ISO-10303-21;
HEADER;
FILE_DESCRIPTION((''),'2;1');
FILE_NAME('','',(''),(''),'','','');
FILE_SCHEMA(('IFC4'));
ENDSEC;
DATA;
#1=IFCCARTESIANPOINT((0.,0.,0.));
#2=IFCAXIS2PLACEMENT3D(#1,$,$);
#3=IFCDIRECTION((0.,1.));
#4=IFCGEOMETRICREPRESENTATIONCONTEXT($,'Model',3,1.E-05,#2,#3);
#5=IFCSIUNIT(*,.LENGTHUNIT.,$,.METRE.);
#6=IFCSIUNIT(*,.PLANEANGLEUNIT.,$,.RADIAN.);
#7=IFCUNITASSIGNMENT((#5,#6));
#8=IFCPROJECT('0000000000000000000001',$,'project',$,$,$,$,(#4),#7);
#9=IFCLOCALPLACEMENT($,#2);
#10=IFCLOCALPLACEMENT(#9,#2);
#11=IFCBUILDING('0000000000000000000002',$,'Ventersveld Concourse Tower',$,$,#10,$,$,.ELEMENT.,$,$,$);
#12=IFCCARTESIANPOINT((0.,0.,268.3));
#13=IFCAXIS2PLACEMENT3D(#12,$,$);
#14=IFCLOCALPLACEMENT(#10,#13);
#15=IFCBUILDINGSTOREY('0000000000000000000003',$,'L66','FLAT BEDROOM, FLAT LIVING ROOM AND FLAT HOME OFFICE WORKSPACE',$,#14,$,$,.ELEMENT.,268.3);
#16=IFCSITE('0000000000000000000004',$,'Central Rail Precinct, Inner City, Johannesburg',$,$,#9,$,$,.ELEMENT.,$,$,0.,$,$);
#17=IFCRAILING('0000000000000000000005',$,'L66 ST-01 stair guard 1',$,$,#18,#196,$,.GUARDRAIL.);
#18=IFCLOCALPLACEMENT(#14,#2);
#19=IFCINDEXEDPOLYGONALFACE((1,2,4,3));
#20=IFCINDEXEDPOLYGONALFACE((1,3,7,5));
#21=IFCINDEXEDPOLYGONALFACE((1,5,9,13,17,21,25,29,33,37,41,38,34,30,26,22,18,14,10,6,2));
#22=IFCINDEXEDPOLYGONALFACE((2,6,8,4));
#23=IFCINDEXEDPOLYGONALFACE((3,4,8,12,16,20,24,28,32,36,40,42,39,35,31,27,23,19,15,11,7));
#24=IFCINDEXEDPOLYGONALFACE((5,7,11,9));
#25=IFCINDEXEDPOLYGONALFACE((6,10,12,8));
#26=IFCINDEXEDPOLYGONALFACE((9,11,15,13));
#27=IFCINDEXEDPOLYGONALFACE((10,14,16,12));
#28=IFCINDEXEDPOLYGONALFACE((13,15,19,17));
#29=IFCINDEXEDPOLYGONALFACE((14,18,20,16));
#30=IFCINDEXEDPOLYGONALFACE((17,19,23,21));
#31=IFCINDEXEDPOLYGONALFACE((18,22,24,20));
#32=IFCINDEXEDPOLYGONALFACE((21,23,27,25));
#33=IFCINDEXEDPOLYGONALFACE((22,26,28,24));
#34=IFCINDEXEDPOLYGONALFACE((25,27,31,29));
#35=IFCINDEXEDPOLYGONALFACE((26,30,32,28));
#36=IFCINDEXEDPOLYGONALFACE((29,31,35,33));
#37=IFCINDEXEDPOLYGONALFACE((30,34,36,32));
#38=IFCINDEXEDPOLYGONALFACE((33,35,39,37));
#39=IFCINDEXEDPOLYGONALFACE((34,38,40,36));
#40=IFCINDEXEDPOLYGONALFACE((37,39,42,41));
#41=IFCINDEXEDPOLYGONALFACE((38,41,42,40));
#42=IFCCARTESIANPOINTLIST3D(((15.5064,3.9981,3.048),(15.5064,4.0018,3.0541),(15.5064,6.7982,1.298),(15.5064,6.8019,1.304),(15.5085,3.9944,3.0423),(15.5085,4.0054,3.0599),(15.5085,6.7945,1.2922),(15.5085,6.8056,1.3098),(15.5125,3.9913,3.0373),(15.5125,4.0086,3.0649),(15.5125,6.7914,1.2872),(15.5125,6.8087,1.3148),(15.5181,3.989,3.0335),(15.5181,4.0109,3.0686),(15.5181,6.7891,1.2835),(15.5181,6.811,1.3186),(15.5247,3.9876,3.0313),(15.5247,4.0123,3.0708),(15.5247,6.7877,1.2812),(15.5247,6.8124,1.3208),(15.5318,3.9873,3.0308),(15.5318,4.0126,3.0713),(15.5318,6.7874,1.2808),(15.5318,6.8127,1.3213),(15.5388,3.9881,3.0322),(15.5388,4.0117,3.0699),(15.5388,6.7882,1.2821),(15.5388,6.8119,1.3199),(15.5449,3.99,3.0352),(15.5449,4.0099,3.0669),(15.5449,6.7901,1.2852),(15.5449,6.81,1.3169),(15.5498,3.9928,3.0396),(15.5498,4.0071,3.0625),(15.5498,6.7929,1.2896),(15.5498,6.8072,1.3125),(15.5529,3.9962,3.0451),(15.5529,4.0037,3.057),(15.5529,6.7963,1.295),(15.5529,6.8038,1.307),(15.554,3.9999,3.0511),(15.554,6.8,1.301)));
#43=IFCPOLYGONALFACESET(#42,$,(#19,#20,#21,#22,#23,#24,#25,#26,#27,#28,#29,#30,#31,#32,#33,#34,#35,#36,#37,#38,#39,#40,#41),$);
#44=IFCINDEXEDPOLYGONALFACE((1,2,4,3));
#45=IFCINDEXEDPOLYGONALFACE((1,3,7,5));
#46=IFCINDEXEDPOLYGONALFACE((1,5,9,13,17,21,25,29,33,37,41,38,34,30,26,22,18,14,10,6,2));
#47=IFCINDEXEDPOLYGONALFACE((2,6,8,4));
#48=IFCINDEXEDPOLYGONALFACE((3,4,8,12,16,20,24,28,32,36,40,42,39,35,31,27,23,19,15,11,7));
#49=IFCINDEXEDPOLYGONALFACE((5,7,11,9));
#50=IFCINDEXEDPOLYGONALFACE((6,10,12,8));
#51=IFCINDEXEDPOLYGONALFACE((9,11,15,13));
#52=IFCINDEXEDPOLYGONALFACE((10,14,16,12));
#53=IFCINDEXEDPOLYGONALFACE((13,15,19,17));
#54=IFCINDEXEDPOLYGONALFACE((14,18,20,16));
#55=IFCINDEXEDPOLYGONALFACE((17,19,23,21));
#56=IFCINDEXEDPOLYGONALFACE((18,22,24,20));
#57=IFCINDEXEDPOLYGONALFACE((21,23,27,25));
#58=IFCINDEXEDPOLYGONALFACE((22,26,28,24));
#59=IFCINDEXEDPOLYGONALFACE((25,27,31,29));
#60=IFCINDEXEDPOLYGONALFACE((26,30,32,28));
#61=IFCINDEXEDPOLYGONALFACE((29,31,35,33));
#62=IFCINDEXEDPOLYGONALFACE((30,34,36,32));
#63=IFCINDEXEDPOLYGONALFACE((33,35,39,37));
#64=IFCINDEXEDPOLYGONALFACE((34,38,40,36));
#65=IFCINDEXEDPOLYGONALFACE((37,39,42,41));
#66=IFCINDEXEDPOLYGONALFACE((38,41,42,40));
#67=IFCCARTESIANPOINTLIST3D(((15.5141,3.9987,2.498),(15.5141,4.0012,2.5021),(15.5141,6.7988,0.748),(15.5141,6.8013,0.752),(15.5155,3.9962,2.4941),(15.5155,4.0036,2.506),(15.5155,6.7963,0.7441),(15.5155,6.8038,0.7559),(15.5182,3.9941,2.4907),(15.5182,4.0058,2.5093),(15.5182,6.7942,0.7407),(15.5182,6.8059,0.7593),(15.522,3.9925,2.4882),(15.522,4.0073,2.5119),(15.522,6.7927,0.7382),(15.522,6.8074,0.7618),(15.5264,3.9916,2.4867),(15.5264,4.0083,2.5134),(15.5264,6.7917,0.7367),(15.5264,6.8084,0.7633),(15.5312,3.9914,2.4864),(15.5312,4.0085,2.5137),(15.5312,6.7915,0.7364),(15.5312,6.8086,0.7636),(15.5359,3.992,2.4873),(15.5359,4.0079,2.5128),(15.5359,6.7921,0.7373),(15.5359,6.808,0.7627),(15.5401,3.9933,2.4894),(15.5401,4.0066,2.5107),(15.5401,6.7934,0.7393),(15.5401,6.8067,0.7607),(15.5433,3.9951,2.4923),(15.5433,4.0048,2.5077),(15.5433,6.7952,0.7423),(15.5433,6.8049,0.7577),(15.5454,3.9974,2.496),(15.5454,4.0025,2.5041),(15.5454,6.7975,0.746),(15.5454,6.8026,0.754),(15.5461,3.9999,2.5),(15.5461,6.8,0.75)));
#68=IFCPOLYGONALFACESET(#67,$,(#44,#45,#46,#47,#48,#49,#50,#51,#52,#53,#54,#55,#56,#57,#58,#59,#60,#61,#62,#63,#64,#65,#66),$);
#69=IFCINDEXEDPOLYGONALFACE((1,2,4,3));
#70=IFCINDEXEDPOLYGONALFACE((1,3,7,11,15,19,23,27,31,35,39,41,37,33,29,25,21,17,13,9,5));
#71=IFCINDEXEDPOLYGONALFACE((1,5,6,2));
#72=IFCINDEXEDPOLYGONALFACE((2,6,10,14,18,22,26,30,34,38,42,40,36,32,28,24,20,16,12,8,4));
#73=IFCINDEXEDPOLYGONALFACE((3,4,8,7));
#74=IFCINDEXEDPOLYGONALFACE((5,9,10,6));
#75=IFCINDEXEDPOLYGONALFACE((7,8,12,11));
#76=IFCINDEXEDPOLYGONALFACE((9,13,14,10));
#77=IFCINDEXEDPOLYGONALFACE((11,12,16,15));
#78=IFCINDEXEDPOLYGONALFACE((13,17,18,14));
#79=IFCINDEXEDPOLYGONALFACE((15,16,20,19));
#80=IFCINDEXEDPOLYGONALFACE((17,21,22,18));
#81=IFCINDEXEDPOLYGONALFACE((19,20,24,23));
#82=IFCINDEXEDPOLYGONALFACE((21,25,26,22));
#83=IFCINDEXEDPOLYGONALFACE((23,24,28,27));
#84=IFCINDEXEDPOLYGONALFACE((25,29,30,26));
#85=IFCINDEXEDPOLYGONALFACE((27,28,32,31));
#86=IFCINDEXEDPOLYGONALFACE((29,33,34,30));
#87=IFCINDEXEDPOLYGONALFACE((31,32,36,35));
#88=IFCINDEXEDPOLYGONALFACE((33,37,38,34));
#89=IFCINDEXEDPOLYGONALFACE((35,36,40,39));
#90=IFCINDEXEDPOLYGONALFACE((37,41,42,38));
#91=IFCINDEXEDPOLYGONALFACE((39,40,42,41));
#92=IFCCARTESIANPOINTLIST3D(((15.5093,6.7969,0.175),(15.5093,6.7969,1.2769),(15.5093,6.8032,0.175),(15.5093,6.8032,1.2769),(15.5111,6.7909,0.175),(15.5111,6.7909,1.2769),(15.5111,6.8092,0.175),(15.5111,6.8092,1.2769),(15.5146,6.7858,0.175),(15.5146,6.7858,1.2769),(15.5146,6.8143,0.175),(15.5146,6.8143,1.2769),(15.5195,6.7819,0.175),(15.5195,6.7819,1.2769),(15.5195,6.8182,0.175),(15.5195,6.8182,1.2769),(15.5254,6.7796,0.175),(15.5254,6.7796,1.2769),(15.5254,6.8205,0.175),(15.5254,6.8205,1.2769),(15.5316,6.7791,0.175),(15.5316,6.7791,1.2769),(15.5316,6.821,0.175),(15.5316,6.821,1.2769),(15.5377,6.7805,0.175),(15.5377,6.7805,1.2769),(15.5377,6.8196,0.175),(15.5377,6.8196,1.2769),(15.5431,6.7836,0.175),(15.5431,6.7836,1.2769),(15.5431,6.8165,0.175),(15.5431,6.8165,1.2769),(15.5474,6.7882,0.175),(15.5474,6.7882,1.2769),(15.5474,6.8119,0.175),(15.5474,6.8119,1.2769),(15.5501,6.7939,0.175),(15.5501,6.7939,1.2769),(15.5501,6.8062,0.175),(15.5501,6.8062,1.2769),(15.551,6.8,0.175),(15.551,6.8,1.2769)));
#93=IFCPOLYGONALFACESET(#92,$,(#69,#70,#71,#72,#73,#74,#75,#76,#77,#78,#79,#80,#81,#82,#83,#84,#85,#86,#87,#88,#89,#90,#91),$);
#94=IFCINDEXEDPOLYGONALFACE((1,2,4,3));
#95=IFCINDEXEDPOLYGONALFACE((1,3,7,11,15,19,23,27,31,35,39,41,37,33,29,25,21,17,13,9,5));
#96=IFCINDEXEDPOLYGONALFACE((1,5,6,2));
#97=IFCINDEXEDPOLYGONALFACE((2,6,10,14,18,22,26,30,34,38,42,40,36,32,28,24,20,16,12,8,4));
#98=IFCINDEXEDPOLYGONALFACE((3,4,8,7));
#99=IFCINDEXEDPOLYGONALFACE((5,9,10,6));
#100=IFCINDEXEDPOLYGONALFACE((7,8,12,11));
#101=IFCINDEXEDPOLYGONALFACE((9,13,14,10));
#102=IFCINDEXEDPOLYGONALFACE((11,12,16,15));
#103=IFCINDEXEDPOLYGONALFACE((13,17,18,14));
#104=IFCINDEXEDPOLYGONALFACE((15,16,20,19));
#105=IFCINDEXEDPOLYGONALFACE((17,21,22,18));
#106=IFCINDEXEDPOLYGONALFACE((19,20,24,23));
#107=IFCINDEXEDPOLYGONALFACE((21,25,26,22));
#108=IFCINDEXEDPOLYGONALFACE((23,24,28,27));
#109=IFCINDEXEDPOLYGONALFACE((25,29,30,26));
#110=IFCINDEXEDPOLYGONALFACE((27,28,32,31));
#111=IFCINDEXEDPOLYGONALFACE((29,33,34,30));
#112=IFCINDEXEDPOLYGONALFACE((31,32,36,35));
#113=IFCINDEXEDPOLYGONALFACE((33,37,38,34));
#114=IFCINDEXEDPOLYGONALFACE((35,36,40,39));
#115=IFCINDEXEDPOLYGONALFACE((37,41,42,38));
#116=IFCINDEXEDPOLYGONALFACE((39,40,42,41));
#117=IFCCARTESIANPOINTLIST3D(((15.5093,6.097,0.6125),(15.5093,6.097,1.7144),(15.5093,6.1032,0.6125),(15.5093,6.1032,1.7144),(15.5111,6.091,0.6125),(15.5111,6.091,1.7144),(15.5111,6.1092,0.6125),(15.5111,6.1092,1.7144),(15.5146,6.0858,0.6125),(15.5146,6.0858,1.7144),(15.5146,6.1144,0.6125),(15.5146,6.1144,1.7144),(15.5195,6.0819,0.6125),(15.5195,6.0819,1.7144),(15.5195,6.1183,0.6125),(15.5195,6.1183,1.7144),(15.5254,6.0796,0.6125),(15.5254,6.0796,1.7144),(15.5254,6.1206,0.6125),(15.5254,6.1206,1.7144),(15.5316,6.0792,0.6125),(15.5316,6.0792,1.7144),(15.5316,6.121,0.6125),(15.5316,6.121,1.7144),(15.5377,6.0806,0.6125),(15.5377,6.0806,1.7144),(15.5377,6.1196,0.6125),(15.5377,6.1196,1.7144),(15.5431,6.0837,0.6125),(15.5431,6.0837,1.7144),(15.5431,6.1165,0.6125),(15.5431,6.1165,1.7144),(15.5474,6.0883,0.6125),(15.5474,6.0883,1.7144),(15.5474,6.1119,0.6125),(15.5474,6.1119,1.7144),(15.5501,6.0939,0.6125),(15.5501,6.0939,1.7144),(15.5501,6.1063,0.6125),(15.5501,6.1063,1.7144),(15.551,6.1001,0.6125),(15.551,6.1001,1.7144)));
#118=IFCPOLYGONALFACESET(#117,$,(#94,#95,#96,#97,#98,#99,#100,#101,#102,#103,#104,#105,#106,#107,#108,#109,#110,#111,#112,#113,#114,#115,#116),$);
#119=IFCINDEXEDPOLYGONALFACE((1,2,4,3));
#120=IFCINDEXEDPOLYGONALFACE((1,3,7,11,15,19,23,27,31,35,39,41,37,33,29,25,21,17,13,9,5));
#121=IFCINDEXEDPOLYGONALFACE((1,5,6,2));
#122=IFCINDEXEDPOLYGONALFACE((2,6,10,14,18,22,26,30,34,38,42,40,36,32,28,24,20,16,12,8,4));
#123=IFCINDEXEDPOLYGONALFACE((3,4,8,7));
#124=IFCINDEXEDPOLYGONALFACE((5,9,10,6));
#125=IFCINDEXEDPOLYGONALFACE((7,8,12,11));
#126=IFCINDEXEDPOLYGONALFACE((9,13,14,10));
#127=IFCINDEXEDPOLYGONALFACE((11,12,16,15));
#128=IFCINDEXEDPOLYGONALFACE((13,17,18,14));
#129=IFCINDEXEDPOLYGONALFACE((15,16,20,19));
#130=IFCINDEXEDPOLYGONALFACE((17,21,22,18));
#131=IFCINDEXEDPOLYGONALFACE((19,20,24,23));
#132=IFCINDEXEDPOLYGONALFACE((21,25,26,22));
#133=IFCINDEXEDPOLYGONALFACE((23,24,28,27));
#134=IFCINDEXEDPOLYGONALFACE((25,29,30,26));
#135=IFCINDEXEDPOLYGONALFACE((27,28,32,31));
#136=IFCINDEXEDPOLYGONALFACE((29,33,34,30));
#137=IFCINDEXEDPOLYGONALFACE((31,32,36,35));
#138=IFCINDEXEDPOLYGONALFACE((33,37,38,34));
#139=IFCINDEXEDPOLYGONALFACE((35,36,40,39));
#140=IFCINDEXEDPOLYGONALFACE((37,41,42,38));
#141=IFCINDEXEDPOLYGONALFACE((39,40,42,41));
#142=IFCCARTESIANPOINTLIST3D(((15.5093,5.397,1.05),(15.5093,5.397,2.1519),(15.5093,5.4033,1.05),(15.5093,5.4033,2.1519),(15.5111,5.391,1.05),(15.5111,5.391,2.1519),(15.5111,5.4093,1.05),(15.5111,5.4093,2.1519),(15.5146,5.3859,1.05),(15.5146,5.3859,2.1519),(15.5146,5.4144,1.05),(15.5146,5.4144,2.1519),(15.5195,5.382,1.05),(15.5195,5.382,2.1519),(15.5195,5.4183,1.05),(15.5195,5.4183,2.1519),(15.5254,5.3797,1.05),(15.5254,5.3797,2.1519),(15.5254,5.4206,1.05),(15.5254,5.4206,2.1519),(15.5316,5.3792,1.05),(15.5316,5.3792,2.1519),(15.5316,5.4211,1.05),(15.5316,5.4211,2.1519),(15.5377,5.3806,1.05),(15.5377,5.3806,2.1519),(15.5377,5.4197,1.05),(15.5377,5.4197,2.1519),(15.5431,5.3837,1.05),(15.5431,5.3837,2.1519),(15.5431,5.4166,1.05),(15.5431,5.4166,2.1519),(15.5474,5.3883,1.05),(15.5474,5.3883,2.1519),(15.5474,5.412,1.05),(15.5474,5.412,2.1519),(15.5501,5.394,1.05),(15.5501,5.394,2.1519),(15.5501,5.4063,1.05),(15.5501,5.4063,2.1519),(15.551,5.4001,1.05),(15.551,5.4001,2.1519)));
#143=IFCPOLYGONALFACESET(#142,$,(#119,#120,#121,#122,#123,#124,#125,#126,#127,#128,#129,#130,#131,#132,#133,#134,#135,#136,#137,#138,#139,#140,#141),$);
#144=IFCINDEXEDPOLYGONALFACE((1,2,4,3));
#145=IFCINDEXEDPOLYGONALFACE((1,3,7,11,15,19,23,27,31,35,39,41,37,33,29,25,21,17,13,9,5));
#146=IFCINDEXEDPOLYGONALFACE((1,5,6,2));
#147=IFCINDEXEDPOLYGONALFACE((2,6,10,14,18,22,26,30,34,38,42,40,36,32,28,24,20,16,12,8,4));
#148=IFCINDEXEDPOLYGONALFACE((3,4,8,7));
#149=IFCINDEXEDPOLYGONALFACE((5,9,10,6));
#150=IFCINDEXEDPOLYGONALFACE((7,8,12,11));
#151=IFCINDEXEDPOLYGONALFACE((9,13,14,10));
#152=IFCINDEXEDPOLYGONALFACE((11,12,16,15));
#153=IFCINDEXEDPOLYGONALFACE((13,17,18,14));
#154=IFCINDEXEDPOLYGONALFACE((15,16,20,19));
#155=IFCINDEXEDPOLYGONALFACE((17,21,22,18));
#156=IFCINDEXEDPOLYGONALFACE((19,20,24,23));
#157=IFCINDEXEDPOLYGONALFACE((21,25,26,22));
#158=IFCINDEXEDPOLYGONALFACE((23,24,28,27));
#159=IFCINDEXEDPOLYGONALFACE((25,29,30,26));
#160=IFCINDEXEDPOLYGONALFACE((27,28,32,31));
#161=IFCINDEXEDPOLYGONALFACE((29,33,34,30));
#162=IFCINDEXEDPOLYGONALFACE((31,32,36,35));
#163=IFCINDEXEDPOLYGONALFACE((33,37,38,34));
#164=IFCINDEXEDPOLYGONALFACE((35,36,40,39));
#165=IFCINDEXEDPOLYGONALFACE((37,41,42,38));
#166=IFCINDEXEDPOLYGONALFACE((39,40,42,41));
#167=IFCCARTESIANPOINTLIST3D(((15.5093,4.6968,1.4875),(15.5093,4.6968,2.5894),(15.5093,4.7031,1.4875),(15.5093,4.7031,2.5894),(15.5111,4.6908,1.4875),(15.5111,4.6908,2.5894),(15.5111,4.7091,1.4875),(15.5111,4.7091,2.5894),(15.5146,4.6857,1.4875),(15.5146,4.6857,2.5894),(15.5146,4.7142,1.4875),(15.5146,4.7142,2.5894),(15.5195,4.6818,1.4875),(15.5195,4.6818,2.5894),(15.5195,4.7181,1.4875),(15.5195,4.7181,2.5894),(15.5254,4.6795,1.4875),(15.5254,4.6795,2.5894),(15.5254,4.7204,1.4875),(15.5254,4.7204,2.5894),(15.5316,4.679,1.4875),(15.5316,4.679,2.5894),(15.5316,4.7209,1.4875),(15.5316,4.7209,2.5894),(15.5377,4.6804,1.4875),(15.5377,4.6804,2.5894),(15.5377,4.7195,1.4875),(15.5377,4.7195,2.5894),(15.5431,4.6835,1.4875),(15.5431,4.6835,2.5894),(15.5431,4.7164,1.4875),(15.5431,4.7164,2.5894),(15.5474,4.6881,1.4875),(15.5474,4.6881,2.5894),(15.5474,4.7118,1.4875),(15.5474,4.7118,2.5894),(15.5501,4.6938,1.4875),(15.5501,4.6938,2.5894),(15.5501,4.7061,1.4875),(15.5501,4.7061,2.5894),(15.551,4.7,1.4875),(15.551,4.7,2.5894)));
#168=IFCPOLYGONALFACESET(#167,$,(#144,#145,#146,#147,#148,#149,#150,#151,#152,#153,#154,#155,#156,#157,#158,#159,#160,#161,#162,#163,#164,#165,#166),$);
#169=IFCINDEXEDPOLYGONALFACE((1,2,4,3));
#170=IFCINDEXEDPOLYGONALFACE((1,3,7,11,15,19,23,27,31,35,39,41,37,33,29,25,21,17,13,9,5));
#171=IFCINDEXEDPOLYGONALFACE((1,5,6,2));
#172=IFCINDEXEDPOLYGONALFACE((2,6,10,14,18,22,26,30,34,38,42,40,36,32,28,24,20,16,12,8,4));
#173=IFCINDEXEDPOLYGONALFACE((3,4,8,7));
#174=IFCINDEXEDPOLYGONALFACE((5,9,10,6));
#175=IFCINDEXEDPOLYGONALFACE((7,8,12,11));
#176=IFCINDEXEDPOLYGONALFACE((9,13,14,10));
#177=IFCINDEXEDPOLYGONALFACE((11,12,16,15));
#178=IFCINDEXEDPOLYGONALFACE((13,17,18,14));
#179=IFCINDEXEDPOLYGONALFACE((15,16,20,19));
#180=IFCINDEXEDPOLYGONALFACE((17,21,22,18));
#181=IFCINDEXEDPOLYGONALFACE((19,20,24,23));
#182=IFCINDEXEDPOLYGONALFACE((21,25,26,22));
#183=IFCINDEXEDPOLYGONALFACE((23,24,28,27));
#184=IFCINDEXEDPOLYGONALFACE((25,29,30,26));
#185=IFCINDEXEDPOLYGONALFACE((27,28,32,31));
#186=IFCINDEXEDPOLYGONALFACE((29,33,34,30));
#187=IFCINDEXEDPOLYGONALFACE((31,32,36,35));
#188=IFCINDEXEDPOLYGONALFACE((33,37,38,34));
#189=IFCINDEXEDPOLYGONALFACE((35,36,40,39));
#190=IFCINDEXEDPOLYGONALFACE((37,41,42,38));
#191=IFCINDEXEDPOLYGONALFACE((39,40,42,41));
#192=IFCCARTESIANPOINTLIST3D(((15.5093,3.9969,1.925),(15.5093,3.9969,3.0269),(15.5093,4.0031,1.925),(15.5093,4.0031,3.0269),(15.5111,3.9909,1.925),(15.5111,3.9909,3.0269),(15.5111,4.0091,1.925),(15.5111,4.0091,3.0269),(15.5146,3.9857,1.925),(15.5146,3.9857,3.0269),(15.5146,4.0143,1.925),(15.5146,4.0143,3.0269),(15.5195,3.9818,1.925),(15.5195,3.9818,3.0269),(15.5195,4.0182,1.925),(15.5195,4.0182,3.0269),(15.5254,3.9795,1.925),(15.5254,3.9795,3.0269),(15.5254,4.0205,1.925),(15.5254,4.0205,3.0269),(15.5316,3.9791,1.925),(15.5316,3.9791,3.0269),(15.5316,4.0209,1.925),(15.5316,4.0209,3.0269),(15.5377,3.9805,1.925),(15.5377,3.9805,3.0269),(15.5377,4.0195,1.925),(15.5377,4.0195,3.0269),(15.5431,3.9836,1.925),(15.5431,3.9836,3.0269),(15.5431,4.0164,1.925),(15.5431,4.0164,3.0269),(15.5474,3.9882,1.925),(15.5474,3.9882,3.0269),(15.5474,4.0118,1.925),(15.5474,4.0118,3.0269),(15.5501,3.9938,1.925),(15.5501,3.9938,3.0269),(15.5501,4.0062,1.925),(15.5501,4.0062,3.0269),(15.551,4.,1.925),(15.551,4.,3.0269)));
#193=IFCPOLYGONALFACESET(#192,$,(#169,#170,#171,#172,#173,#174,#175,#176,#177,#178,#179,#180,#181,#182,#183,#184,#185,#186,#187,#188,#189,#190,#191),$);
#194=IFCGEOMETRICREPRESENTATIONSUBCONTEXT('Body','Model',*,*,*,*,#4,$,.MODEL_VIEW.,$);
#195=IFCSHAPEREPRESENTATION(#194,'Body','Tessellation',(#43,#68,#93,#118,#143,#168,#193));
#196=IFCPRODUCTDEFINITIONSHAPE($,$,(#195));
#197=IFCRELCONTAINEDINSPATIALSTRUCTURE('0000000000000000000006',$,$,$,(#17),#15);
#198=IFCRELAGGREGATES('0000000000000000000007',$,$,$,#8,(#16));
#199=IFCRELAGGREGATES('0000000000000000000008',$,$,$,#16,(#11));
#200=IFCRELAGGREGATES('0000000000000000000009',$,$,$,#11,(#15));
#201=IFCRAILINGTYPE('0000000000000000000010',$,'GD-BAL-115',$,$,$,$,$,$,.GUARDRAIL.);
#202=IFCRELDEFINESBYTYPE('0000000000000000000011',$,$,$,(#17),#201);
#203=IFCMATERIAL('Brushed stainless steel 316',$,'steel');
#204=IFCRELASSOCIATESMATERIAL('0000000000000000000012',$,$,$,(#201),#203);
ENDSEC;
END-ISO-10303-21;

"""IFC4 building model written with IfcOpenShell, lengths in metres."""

from ifc_helpers import new_model, si_unit, direction, frame, origin, origin_2d, place, context, subcontext, project, spatial, circle, extrude, material, type_object, element, save


model = new_model("IFC4")

# Units and contexts
model_context = context("Model", 3, precision=1e-05, world=origin(), true_north=direction((0.0, 1.0)))
body_context = subcontext(model_context, "Body", "Model", "MODEL_VIEW")
ifc_project = project(units=[si_unit("LENGTHUNIT", "METRE"), si_unit("PLANEANGLEUNIT", "RADIAN")], contexts=[model_context])

# Site, building, storey
site_placement = place(None, origin())
site = spatial("IfcSite", under=ifc_project, at=site_placement, Name="Central Rail Precinct, Inner City, Johannesburg", CompositionType="ELEMENT", RefElevation=0.0)
building_placement = place(site_placement, origin())
building = spatial("IfcBuilding", under=site, at=building_placement, Name="Ventersveld Concourse Tower", CompositionType="ELEMENT")
storey_placement = place(building_placement, frame((0.0, 0.0, 268.3)))
storey = spatial("IfcBuildingStorey", under=building, at=storey_placement, Name="L66", Description="FLAT BEDROOM, FLAT LIVING ROOM AND FLAT HOME OFFICE WORKSPACE", CompositionType="ELEMENT", Elevation=268.3)

# Shared definitions
ifc_material_1 = material(Name="Brushed stainless steel 316", Category="steel")

# Railing
railing_type_1 = type_object("IfcRailingType", Name="GD-BAL-115", PredefinedType="GUARDRAIL", material=ifc_material_1)
railing_1_placement = place(storey_placement, frame((15.53, 6.8, 0.175)))
element("IfcRailing", 1, at=railing_1_placement, inside=storey, type_object=railing_type_1, Name="L66 ST-01 stair guard 1", PredefinedType="GUARDRAIL", context=body_context, shape_type="SweptSolid", body=[
    extrude(circle(Radius=0.0239, at=origin_2d()), frame((0.0, 0.0, 1.126), z_axis=(0.0, -0.848002, 0.529992), x_axis=(1.0, 0.0, 0.0)), (0.0, 0.0, 1.0), 3.302),
    extrude(circle(Radius=0.0161, at=origin_2d()), frame((0.0, 0.0, 0.575), z_axis=(0.0, -0.848002, 0.529992), x_axis=(1.0, 0.0, 0.0)), (0.0, 0.0, 1.0), 3.302),
    extrude(circle(Radius=0.021, at=origin_2d()), origin(), (0.0, 0.0, 1.0), 1.1018),
    extrude(circle(Radius=0.021, at=origin_2d()), frame((0.0, -0.7, 0.4375)), (0.0, 0.0, 1.0), 1.1018),
    extrude(circle(Radius=0.021, at=origin_2d()), frame((0.0, -1.3999, 0.875)), (0.0, 0.0, 1.0), 1.1018),
    extrude(circle(Radius=0.021, at=origin_2d()), frame((0.0, -2.1001, 1.3125)), (0.0, 0.0, 1.0), 1.1018),
    extrude(circle(Radius=0.021, at=origin_2d()), frame((0.0, -2.8, 1.75)), (0.0, 0.0, 1.0), 1.1018),
])

save(model, "model.ifc")
